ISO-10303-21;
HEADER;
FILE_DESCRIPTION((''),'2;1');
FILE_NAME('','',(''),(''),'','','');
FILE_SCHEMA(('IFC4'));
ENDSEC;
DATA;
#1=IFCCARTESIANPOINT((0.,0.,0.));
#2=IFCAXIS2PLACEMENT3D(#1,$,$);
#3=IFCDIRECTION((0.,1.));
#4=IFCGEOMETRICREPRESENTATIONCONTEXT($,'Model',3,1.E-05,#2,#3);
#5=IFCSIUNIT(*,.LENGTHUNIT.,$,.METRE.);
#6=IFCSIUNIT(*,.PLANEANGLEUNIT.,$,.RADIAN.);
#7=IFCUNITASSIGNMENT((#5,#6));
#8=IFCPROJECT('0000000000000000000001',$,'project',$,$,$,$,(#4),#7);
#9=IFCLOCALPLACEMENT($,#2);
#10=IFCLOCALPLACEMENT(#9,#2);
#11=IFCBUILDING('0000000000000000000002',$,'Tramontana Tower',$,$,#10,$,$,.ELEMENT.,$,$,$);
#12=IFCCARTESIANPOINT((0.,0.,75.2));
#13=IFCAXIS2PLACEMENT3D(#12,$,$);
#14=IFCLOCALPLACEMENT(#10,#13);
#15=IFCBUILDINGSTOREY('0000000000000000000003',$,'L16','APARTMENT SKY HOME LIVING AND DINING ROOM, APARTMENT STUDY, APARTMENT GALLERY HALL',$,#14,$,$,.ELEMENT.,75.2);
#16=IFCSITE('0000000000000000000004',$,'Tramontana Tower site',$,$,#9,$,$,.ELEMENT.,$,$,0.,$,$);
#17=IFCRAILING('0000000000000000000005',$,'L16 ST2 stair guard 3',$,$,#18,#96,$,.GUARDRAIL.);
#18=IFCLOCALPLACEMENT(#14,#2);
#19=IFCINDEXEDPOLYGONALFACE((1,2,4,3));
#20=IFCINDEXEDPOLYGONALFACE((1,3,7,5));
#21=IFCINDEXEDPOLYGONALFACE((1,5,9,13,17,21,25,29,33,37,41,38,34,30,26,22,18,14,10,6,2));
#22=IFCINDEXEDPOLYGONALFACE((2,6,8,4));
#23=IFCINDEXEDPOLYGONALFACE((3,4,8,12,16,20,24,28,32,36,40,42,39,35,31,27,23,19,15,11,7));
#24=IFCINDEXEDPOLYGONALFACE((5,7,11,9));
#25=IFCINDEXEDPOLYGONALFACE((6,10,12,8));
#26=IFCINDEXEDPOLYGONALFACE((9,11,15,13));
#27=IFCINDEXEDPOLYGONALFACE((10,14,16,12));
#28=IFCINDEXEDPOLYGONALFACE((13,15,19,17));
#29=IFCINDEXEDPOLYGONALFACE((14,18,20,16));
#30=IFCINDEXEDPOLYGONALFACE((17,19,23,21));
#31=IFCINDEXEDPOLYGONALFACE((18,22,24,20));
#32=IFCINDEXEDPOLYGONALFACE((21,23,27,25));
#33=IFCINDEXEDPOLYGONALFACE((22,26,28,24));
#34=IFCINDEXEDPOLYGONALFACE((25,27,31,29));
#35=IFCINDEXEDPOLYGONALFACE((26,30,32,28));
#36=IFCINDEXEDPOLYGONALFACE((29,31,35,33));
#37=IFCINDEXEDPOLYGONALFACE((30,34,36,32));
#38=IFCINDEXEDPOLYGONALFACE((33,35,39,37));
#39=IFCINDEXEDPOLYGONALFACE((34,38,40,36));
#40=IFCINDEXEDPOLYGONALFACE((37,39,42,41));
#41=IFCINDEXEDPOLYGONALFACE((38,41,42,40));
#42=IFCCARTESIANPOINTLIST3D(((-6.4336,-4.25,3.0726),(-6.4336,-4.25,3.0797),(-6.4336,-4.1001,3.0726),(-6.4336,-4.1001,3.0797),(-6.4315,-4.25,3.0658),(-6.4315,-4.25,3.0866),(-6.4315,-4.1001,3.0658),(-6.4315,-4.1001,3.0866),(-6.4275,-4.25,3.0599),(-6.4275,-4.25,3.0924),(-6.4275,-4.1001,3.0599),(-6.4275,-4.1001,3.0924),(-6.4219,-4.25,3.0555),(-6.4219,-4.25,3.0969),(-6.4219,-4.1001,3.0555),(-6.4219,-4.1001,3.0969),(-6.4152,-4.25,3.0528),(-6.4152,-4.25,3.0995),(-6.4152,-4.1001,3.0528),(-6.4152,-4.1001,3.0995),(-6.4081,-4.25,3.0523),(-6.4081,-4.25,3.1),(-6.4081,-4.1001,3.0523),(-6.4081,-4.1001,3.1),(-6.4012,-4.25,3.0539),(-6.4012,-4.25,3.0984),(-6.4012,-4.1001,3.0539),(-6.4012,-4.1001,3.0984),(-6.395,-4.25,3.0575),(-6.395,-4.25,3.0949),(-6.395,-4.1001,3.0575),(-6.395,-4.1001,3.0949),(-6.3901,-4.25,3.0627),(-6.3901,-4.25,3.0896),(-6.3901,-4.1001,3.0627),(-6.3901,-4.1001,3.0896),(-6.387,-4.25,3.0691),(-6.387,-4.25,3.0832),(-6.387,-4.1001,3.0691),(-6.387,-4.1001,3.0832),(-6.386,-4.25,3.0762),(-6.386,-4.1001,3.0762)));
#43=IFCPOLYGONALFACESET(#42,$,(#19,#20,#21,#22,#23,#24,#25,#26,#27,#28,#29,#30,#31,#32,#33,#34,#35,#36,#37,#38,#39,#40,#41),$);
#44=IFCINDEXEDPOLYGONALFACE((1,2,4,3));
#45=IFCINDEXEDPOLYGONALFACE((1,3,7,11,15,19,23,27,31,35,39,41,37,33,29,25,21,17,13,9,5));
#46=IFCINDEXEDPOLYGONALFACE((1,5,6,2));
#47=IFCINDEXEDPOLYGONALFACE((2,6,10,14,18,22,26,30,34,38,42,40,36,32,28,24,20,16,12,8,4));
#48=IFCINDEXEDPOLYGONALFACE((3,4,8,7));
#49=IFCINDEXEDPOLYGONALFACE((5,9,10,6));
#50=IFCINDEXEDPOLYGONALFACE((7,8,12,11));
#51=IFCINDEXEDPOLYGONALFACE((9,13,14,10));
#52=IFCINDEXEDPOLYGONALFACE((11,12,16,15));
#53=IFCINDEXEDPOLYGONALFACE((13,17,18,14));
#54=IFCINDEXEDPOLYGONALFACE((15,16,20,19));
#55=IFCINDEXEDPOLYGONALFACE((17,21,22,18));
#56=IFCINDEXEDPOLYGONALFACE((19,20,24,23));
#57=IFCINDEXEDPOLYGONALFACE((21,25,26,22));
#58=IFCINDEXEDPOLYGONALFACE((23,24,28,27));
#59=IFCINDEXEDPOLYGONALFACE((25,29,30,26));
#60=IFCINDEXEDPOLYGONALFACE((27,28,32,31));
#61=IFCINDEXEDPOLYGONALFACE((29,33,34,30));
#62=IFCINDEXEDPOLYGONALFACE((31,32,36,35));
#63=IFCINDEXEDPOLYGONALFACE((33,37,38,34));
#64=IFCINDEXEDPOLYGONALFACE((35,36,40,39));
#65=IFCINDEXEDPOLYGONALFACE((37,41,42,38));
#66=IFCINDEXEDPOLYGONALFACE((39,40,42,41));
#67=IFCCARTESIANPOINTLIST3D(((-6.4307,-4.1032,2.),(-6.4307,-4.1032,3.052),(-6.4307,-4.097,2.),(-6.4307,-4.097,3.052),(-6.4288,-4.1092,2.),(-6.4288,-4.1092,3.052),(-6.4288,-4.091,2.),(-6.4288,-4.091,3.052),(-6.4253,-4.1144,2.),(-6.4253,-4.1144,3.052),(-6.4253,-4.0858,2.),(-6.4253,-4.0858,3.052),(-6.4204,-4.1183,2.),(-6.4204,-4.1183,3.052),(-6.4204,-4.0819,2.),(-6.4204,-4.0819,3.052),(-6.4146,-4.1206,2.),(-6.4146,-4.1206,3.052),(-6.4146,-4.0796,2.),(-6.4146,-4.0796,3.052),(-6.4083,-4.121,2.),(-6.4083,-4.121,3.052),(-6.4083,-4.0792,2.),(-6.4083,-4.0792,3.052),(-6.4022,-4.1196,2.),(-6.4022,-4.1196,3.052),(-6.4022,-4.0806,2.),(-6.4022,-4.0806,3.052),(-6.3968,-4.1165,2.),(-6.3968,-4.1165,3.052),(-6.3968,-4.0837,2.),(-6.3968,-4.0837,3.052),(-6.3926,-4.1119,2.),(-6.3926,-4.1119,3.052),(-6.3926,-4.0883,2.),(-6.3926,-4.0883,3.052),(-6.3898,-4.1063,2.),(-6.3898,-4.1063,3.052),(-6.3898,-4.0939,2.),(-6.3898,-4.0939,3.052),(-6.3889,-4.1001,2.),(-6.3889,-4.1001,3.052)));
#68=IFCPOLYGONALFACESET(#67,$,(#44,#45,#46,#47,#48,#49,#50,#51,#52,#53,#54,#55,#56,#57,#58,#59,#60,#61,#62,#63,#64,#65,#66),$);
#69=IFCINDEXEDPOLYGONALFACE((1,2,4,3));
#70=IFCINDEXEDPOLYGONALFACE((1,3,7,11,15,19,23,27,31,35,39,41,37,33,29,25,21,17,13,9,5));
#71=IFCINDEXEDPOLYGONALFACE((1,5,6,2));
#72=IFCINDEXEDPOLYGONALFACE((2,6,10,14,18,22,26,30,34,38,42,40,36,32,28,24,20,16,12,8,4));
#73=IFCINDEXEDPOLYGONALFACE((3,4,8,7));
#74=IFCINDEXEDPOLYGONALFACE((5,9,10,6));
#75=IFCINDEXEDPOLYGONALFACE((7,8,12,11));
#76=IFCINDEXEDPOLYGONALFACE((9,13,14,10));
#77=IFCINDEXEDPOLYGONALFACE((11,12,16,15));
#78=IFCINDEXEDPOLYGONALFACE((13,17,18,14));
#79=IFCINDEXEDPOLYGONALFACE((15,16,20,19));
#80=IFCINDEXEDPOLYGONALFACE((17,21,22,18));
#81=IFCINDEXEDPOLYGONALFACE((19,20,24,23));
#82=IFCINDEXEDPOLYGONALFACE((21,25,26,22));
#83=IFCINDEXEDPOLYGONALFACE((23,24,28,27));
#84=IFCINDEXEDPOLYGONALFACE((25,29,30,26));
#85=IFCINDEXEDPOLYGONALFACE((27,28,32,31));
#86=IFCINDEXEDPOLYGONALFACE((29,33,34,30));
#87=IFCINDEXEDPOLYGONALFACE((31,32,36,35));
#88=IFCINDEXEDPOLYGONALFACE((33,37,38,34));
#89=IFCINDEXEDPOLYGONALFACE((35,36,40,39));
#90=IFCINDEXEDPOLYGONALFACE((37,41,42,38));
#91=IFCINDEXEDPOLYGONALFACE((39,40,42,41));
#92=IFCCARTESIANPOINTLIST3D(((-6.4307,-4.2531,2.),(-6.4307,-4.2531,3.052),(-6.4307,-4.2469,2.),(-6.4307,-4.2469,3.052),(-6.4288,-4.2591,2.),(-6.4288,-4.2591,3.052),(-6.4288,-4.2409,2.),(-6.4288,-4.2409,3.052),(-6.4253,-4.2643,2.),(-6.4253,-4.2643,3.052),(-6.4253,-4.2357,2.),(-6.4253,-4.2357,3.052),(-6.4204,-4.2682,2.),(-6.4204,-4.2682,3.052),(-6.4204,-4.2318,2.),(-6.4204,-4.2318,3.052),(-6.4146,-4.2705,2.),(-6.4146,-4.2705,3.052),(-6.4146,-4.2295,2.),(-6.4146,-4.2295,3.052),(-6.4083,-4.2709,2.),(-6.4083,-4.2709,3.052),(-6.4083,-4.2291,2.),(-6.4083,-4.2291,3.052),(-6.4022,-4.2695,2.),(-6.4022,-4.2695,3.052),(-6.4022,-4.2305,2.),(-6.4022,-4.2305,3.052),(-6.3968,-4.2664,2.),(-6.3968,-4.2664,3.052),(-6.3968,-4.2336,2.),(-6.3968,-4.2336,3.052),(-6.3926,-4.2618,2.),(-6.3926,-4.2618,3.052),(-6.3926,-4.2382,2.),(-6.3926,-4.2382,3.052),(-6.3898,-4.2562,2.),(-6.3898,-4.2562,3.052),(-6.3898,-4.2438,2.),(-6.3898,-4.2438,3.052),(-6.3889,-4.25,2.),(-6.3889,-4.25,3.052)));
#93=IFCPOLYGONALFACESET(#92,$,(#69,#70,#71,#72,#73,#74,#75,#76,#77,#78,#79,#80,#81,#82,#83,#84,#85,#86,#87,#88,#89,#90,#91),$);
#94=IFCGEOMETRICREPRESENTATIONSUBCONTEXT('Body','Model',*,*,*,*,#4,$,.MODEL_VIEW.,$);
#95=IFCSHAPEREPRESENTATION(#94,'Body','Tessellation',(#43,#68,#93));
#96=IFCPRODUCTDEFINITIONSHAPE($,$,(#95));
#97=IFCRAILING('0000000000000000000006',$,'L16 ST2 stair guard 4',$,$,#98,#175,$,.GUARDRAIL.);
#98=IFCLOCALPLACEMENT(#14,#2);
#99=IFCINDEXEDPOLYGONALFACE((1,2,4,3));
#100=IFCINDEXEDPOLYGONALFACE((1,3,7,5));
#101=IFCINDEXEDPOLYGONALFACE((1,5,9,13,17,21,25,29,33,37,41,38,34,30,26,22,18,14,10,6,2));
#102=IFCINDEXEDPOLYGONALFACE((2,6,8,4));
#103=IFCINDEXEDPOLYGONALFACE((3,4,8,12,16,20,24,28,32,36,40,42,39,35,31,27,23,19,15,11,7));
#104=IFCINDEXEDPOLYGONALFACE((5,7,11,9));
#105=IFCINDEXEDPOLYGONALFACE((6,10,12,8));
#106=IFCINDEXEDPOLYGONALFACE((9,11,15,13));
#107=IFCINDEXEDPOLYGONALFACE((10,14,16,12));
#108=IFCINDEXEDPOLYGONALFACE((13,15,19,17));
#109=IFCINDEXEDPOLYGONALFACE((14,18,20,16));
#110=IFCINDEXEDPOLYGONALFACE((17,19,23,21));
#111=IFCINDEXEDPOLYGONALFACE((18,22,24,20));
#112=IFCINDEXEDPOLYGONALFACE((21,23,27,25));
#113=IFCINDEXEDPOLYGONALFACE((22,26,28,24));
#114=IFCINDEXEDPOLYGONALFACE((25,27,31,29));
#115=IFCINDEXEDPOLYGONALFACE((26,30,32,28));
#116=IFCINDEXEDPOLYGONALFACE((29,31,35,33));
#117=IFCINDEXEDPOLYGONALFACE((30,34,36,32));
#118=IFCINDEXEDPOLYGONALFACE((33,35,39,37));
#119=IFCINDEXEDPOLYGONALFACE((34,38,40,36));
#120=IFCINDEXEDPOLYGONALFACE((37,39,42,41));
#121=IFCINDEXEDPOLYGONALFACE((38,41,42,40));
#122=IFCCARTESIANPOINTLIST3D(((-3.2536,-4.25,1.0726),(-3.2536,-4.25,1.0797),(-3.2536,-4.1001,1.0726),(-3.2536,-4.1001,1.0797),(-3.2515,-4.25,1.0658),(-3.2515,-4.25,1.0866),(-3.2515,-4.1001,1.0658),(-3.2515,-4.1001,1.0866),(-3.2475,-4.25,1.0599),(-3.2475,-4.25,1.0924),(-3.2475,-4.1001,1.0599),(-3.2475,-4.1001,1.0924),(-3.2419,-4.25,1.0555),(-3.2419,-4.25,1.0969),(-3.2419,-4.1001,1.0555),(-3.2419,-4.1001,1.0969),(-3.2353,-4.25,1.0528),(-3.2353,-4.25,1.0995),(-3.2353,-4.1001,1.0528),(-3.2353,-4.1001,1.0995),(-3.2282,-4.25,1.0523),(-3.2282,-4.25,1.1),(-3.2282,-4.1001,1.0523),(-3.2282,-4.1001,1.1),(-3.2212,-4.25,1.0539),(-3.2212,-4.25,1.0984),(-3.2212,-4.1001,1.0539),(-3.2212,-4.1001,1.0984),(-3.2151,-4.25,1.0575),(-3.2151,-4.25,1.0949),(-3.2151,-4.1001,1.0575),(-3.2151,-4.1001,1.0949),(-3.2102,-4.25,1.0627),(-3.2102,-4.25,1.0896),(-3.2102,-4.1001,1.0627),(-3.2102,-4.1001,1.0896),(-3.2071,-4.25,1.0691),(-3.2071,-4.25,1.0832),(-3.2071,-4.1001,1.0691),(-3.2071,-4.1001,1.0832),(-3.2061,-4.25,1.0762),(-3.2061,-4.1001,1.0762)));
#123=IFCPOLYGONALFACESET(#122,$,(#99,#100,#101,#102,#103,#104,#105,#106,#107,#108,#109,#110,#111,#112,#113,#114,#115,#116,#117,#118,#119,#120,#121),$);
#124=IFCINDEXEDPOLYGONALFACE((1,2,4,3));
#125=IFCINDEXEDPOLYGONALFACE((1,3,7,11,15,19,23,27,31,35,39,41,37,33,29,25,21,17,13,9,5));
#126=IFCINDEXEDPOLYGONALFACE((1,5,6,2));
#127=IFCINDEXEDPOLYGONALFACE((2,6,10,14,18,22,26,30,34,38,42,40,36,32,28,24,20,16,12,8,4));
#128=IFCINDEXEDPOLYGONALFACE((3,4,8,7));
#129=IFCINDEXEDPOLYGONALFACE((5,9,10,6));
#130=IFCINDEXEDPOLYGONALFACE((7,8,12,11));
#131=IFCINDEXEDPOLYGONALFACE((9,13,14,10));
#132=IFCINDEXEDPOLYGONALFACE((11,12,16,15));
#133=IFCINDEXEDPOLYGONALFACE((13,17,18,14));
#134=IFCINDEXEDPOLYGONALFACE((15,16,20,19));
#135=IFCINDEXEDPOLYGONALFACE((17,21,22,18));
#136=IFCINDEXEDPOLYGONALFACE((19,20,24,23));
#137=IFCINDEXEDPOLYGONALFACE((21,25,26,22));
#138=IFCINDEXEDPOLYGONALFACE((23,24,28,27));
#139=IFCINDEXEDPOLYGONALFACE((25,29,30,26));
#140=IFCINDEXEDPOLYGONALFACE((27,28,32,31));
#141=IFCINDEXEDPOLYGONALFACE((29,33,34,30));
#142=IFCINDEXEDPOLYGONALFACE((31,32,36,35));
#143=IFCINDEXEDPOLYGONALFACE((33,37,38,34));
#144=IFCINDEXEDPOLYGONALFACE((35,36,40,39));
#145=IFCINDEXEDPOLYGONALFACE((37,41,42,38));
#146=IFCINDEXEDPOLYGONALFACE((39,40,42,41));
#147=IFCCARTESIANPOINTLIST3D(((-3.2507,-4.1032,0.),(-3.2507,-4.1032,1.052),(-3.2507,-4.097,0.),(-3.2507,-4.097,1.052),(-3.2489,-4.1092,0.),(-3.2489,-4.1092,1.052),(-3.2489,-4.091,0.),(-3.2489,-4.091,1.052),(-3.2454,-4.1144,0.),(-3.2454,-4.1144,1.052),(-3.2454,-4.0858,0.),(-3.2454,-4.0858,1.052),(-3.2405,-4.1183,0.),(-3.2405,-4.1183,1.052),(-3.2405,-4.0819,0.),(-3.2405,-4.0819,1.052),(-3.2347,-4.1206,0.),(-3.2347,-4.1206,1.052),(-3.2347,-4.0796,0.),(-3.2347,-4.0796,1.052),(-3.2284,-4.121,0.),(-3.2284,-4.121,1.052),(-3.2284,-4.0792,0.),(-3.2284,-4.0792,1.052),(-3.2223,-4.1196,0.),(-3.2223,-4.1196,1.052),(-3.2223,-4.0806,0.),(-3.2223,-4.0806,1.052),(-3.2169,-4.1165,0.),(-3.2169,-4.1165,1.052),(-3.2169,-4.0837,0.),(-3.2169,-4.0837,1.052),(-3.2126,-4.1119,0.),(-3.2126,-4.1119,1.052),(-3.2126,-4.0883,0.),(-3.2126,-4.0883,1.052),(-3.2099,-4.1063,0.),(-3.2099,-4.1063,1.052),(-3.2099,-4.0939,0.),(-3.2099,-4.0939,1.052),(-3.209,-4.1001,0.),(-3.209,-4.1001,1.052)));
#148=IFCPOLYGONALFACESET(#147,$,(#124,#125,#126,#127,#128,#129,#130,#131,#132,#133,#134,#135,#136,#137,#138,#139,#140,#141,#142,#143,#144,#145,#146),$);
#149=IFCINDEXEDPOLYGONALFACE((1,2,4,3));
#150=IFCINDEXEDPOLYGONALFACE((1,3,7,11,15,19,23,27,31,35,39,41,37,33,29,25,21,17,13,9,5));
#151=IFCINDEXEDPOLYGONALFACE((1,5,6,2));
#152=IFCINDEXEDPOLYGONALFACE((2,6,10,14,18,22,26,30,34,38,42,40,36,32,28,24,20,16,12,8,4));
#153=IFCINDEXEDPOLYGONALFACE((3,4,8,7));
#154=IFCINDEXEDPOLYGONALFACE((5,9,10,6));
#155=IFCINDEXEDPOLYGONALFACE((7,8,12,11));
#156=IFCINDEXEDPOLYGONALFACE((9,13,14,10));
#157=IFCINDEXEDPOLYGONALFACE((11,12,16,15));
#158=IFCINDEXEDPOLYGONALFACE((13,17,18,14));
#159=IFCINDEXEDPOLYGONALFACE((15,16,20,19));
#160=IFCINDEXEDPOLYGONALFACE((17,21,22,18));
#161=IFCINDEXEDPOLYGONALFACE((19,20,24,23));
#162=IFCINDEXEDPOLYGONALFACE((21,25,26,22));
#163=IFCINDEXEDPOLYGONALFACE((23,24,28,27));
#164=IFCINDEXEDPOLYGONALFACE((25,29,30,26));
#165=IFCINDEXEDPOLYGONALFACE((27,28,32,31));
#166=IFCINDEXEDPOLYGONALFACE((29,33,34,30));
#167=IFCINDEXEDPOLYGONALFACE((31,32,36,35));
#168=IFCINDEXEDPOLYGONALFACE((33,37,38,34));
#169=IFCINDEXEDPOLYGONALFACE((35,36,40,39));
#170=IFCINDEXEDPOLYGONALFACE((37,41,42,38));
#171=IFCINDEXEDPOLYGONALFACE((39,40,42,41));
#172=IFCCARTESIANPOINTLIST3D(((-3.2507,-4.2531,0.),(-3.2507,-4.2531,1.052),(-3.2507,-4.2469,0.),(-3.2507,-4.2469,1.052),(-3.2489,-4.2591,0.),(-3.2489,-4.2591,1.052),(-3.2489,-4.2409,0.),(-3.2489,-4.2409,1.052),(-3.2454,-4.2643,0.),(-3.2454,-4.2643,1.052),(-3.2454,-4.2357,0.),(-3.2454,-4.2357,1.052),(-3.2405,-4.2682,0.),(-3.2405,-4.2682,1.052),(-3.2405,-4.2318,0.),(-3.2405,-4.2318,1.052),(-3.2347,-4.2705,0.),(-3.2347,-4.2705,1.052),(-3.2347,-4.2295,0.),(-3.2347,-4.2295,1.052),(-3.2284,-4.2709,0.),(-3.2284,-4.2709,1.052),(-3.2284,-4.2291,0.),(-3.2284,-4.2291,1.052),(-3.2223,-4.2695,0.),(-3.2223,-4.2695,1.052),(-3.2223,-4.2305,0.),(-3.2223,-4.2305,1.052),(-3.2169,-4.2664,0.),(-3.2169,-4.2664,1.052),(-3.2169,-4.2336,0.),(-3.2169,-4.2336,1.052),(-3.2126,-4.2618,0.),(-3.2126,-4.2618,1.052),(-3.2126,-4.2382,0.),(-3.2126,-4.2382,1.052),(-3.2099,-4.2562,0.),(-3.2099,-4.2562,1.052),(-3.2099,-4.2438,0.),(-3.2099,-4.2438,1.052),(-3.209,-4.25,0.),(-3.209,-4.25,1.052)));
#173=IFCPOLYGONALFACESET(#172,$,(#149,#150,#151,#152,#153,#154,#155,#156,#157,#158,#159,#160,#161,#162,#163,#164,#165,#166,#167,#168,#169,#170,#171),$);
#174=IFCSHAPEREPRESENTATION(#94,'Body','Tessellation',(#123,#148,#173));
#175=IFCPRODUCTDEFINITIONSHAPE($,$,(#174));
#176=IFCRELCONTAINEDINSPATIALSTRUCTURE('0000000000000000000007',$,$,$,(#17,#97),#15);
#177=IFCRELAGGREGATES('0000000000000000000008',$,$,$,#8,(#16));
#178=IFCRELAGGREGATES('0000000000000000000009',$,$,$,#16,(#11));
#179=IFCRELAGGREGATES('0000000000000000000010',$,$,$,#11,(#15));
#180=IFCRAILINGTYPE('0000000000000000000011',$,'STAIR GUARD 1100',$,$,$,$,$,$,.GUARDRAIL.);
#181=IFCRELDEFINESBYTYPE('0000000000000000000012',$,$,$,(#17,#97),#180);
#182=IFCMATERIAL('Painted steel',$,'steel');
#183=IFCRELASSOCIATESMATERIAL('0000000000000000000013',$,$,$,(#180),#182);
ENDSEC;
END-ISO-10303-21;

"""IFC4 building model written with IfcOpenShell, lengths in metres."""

from ifc_helpers import new_model, si_unit, direction, frame, origin, origin_2d, place, context, subcontext, project, spatial, circle, extrude, material, type_object, element, save


model = new_model("IFC4")

# Units and contexts
model_context = context("Model", 3, precision=1e-05, world=origin(), true_north=direction((0.0, 1.0)))
body_context = subcontext(model_context, "Body", "Model", "MODEL_VIEW")
ifc_project = project(units=[si_unit("LENGTHUNIT", "METRE"), si_unit("PLANEANGLEUNIT", "RADIAN")], contexts=[model_context])

# Site, building, storey
site_placement = place(None, origin())
site = spatial("IfcSite", under=ifc_project, at=site_placement, Name="Tramontana Tower site", CompositionType="ELEMENT", RefElevation=0.0)
building_placement = place(site_placement, origin())
building = spatial("IfcBuilding", under=site, at=building_placement, Name="Tramontana Tower", CompositionType="ELEMENT")
storey_placement = place(building_placement, frame((0.0, 0.0, 75.2)))
storey = spatial("IfcBuildingStorey", under=building, at=storey_placement, Name="L16", Description="APARTMENT SKY HOME LIVING AND DINING ROOM, APARTMENT STUDY, APARTMENT GALLERY HALL", CompositionType="ELEMENT", Elevation=75.2)

# Railings
ifc_material_1 = material(Name="Painted steel", Category="steel")
railing_type_1 = type_object("IfcRailingType", Name="STAIR GUARD 1100", PredefinedType="GUARDRAIL", material=ifc_material_1)
for number, where, name in (
    (1, (-6.4099, -4.1001, 2.0), "L16 ST2 stair guard 3"),
    (2, (-3.23, -4.1001, 0.0), "L16 ST2 stair guard 4"),
):
    element("IfcRailing", number, at=place(storey_placement, frame(where)), inside=storey, type_object=railing_type_1, Name=name, PredefinedType="GUARDRAIL", context=body_context, shape_type="SweptSolid", body=[
        extrude(circle(Radius=0.0239, at=origin_2d()), frame((0.0, 0.0, 1.0762), z_axis=(0.0, -1.0, 0.0), x_axis=(1.0, 0.0, 0.0)), (0.0, 0.0, 1.0), 0.1499),
        extrude(circle(Radius=0.021, at=origin_2d()), origin(), (0.0, 0.0, 1.0), 1.052),
        extrude(circle(Radius=0.021, at=origin_2d()), frame((0.0, -0.1499, 0.0)), (0.0, 0.0, 1.0), 1.052),
    ])

save(model, "model.ifc")
